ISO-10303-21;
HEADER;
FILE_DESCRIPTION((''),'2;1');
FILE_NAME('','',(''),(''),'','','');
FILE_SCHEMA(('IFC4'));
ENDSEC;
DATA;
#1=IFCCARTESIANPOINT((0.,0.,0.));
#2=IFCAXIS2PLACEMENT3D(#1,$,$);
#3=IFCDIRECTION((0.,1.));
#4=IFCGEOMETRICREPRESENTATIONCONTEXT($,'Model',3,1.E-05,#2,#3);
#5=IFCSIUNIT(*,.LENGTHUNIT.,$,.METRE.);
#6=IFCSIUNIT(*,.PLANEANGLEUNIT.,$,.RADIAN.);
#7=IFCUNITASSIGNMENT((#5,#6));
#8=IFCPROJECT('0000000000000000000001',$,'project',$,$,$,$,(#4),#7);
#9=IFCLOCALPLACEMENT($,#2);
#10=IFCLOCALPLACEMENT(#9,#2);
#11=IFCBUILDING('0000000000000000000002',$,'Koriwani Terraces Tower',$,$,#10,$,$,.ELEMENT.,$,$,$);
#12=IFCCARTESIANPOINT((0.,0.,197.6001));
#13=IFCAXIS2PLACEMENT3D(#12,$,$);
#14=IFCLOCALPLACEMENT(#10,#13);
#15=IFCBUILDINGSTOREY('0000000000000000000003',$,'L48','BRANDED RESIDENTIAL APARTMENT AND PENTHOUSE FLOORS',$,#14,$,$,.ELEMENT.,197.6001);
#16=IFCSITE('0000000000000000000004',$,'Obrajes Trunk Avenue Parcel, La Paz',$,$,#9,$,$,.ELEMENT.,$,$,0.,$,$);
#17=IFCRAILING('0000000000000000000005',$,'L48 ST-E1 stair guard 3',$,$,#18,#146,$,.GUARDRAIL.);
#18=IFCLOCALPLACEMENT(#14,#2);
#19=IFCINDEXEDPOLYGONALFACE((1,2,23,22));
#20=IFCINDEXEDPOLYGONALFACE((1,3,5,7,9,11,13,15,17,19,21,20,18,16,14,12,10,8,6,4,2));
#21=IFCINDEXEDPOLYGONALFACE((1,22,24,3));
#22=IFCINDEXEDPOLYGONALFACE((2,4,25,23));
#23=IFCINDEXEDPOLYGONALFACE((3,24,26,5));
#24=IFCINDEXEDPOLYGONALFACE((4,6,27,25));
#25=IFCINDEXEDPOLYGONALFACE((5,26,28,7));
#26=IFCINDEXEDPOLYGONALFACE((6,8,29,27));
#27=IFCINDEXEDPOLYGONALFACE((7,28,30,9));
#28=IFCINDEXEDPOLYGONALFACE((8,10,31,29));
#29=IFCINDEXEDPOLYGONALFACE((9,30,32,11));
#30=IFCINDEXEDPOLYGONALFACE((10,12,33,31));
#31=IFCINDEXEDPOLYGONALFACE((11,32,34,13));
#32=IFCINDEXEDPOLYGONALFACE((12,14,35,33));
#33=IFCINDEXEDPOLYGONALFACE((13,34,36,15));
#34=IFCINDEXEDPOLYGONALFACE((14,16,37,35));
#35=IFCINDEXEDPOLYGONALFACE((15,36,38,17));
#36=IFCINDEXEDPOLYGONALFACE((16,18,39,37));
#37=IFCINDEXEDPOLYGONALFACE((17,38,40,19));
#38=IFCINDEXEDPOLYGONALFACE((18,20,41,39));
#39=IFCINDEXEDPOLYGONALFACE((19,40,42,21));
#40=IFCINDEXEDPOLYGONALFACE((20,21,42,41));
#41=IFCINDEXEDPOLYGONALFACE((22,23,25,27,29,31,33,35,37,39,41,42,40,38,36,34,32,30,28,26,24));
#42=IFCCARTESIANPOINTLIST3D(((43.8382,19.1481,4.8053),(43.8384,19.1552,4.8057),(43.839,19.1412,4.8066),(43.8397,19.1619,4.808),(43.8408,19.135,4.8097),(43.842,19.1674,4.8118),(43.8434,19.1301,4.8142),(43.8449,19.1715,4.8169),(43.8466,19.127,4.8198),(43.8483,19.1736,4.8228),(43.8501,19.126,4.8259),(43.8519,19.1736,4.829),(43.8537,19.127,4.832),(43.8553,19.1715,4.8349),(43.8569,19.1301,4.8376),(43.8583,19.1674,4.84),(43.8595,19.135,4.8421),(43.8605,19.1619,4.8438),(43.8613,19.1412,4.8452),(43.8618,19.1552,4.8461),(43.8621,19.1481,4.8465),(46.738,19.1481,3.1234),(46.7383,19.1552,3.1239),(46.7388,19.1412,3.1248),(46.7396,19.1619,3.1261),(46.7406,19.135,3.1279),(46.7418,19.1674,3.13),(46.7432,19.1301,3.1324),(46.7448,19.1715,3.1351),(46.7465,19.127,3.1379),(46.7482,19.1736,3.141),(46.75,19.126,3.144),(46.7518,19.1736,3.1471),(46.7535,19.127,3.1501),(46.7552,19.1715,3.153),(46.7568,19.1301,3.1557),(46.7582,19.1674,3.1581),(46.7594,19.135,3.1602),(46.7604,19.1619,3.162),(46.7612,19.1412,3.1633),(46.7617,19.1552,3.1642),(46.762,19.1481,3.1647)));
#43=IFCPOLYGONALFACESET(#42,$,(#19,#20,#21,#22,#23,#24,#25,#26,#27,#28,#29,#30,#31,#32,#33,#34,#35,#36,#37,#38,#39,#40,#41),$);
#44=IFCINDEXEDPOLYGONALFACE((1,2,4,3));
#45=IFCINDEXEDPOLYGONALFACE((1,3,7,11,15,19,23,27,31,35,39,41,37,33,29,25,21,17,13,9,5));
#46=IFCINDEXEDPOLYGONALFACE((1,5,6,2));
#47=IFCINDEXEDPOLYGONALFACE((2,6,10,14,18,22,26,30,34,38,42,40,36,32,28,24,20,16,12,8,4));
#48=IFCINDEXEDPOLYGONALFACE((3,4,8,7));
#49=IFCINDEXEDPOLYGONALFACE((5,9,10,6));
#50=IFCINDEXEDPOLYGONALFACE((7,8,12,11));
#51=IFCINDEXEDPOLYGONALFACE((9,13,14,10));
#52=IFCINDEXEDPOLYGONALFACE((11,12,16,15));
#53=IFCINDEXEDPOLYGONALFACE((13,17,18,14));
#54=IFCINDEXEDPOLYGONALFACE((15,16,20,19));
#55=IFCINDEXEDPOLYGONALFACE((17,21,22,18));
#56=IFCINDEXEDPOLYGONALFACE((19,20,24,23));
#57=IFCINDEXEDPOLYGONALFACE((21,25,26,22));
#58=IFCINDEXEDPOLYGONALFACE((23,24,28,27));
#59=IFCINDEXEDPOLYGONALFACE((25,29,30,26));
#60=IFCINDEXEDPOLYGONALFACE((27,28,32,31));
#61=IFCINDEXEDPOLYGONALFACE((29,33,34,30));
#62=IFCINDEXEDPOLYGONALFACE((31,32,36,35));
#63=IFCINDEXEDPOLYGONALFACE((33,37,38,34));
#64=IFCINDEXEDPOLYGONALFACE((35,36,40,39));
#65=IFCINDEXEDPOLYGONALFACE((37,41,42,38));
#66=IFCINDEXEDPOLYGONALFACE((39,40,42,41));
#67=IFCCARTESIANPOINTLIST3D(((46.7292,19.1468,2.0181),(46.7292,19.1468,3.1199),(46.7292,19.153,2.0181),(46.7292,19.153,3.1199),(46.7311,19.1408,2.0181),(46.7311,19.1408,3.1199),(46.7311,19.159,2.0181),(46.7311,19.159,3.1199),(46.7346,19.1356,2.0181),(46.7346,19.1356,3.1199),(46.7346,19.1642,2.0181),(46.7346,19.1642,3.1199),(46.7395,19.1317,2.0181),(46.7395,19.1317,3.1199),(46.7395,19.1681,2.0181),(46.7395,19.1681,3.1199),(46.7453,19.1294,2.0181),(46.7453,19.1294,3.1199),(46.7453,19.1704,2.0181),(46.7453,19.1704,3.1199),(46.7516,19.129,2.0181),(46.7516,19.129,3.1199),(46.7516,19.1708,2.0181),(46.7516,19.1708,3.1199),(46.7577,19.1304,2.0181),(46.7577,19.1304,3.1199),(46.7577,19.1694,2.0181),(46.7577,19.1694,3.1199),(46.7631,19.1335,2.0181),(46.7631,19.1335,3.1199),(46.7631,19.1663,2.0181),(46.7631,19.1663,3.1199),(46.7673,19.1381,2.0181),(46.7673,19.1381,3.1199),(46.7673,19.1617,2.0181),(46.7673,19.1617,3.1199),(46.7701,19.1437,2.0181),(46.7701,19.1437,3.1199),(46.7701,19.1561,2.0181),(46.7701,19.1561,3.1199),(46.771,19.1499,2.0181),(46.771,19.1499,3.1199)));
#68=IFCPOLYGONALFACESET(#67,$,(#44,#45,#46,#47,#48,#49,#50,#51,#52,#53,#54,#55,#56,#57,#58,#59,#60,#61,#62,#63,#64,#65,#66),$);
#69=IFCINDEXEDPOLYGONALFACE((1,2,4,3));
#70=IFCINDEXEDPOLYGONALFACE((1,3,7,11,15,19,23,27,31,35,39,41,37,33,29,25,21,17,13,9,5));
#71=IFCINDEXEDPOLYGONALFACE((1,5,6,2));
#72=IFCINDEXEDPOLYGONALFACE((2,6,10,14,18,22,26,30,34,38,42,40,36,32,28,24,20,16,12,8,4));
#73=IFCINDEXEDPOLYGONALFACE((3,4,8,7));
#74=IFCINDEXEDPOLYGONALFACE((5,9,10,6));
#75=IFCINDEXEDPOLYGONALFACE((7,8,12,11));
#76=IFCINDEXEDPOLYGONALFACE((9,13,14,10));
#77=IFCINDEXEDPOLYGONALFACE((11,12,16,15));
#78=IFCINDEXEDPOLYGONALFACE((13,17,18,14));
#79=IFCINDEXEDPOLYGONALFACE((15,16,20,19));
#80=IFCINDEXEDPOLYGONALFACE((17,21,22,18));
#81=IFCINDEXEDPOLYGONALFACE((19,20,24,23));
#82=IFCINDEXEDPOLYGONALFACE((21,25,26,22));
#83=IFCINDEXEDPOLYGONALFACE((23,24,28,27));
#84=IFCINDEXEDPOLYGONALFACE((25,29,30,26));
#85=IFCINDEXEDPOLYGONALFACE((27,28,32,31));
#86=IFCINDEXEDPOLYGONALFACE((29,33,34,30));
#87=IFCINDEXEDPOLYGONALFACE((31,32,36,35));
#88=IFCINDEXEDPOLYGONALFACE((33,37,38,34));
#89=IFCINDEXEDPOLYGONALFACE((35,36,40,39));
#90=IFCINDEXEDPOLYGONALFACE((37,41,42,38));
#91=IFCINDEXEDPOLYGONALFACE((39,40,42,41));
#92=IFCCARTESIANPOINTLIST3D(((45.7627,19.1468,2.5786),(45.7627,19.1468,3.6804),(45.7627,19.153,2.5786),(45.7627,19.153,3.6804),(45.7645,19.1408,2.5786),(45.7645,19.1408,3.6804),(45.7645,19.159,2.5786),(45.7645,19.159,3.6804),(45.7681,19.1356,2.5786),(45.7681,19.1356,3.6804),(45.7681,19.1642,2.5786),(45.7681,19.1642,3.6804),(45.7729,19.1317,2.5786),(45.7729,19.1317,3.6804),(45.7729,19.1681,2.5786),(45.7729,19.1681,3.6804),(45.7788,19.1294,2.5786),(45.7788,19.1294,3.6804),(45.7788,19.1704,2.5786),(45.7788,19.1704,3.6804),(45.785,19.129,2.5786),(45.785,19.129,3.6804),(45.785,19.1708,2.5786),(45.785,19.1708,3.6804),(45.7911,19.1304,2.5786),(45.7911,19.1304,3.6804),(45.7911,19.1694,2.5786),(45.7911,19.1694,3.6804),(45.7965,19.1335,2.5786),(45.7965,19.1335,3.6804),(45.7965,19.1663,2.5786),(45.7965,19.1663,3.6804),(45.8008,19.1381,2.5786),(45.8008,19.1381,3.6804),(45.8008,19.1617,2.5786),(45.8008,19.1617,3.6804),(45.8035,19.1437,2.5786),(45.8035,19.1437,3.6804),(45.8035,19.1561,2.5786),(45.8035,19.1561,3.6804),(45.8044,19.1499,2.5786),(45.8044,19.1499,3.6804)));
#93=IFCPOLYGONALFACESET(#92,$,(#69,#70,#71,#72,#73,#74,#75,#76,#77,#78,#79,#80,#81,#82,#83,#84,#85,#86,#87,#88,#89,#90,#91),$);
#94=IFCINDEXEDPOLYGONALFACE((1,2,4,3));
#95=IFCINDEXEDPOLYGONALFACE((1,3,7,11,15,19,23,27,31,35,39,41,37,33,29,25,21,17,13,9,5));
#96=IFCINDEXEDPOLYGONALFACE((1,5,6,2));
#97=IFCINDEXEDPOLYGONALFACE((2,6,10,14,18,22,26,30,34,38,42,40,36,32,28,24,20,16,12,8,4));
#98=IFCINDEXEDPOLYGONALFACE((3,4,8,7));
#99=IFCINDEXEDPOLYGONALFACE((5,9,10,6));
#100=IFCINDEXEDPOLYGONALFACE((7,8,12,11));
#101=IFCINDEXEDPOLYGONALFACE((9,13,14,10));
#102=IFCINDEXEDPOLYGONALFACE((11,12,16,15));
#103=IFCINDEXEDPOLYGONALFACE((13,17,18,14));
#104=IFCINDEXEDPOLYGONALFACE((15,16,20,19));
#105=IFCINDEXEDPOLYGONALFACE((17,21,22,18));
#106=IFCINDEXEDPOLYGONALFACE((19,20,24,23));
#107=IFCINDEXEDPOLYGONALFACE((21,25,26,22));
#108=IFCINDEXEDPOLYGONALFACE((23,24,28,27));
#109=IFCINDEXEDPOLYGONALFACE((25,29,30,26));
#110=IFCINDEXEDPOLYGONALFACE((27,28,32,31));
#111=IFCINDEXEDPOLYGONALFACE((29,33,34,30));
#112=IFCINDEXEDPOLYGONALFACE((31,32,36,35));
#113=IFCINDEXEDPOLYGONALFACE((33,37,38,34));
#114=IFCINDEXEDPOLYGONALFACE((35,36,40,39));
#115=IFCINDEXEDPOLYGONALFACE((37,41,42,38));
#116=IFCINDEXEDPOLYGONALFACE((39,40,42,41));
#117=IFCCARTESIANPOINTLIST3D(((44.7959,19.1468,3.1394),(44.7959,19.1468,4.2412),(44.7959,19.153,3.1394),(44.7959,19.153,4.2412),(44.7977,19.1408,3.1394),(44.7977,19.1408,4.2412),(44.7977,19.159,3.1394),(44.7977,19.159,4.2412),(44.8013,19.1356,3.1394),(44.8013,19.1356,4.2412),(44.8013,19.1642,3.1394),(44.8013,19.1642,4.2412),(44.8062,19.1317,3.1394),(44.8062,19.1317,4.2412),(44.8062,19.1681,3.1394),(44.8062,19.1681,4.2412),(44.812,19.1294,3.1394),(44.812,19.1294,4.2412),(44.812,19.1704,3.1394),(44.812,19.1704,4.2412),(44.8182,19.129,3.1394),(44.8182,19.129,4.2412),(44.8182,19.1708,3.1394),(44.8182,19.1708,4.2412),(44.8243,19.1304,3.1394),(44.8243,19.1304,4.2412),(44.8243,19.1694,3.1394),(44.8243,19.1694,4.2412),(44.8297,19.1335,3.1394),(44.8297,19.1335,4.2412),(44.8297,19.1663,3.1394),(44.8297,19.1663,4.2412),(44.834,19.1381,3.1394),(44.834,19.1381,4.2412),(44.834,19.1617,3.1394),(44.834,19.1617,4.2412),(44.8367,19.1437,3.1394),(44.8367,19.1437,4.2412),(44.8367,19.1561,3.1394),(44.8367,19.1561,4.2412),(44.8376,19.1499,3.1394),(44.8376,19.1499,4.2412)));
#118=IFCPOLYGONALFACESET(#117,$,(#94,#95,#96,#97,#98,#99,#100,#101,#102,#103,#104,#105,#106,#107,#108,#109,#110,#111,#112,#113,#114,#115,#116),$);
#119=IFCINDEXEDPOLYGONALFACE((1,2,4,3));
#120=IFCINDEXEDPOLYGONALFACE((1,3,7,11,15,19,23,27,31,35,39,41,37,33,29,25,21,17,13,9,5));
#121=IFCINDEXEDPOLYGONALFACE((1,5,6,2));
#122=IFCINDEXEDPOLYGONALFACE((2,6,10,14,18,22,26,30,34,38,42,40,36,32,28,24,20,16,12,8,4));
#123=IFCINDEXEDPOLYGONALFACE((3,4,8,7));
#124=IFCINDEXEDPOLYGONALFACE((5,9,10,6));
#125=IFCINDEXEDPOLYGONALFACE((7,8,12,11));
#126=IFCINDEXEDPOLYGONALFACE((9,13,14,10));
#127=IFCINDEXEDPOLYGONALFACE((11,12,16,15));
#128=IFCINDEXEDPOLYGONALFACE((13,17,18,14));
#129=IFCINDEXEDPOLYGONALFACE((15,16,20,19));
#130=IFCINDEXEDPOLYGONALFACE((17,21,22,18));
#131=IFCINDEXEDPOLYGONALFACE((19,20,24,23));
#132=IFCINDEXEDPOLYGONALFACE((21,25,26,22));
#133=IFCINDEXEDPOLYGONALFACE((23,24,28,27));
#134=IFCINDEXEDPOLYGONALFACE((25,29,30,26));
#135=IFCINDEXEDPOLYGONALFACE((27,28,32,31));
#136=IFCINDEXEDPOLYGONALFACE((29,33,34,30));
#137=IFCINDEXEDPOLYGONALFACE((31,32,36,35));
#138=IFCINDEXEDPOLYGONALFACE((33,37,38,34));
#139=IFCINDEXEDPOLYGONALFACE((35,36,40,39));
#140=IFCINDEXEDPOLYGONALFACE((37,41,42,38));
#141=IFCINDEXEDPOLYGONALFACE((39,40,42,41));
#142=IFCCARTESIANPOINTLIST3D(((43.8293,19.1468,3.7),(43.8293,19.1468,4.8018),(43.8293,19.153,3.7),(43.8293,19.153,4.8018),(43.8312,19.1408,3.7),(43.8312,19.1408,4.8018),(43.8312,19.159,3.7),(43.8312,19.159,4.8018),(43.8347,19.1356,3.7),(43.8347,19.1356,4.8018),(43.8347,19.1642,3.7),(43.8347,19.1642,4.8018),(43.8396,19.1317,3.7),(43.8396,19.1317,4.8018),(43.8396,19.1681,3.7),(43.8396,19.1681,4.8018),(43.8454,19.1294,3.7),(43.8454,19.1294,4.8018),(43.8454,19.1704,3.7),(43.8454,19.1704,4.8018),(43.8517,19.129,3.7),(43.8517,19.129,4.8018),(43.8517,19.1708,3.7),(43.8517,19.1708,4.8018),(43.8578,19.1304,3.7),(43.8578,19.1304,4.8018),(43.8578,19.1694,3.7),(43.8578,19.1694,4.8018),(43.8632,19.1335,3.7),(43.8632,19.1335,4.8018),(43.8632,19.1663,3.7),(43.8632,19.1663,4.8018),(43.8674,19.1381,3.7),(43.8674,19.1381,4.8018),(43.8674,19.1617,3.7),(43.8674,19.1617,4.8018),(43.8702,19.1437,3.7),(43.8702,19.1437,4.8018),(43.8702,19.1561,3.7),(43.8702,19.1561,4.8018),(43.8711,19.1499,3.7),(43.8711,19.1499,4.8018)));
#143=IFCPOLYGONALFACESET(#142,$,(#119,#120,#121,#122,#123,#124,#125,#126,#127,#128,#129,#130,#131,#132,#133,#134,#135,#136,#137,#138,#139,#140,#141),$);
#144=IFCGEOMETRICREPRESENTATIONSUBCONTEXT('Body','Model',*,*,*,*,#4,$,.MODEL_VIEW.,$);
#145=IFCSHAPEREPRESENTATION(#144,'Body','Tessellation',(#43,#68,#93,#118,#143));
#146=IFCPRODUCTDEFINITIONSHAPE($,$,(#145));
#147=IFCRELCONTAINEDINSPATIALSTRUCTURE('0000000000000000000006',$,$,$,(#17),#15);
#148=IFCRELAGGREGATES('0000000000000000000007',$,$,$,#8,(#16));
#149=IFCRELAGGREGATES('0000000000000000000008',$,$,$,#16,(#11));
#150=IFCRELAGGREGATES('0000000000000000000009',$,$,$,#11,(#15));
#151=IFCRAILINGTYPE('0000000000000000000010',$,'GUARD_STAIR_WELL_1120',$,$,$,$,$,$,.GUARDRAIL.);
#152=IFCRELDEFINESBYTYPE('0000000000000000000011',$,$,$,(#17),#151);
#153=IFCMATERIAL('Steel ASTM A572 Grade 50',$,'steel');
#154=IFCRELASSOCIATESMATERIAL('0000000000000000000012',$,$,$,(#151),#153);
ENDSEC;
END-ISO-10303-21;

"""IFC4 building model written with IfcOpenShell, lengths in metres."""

from ifc_helpers import new_model, si_unit, direction, frame, origin, origin_2d, place, context, subcontext, project, spatial, circle, extrude, material, type_object, element, save


model = new_model("IFC4")

# Units and contexts
model_context = context("Model", 3, precision=1e-05, world=origin(), true_north=direction((0.0, 1.0)))
body_context = subcontext(model_context, "Body", "Model", "MODEL_VIEW")
ifc_project = project(units=[si_unit("LENGTHUNIT", "METRE"), si_unit("PLANEANGLEUNIT", "RADIAN")], contexts=[model_context])

# Site, building, storey
site_placement = place(None, origin())
site = spatial("IfcSite", under=ifc_project, at=site_placement, Name="Obrajes Trunk Avenue Parcel, La Paz", CompositionType="ELEMENT", RefElevation=0.0)
building_placement = place(site_placement, origin())
building = spatial("IfcBuilding", under=site, at=building_placement, Name="Koriwani Terraces Tower", CompositionType="ELEMENT")
storey_placement = place(building_placement, frame((0.0, 0.0, 197.6001)))
storey = spatial("IfcBuildingStorey", under=building, at=storey_placement, Name="L48", Description="BRANDED RESIDENTIAL APARTMENT AND PENTHOUSE FLOORS", CompositionType="ELEMENT", Elevation=197.6001)

# Shared definitions
ifc_material_1 = material(Name="Steel ASTM A572 Grade 50", Category="steel")

# Railing
railing_type_1 = type_object("IfcRailingType", Name="GUARD_STAIR_WELL_1120", PredefinedType="GUARDRAIL", material=ifc_material_1)
railing_1_placement = place(storey_placement, frame((46.75, 19.1499, 2.0181)))
element("IfcRailing", 1, at=railing_1_placement, inside=storey, type_object=railing_type_1, Name="L48 ST-E1 stair guard 3", PredefinedType="GUARDRAIL", context=body_context, shape_type="SweptSolid", body=[
    extrude(circle(Radius=0.0239, at=origin_2d()), frame((0.0, 0.0, 1.126), z_axis=(-0.865039, 0.0, 0.501705), x_axis=(0.0, -1.0, 0.0)), (0.0, 0.0, 1.0), 3.3523),
    extrude(circle(Radius=0.021, at=origin_2d()), origin(), (0.0, 0.0, 1.0), 1.1018),
    extrude(circle(Radius=0.021, at=origin_2d()), frame((-0.9666, 0.0, 0.5605)), (0.0, 0.0, 1.0), 1.1018),
    extrude(circle(Radius=0.021, at=origin_2d()), frame((-1.9333, 0.0, 1.1213)), (0.0, 0.0, 1.0), 1.1018),
    extrude(circle(Radius=0.021, at=origin_2d()), frame((-2.8999, 0.0, 1.6819)), (0.0, 0.0, 1.0), 1.1018),
])

save(model, "model.ifc")
